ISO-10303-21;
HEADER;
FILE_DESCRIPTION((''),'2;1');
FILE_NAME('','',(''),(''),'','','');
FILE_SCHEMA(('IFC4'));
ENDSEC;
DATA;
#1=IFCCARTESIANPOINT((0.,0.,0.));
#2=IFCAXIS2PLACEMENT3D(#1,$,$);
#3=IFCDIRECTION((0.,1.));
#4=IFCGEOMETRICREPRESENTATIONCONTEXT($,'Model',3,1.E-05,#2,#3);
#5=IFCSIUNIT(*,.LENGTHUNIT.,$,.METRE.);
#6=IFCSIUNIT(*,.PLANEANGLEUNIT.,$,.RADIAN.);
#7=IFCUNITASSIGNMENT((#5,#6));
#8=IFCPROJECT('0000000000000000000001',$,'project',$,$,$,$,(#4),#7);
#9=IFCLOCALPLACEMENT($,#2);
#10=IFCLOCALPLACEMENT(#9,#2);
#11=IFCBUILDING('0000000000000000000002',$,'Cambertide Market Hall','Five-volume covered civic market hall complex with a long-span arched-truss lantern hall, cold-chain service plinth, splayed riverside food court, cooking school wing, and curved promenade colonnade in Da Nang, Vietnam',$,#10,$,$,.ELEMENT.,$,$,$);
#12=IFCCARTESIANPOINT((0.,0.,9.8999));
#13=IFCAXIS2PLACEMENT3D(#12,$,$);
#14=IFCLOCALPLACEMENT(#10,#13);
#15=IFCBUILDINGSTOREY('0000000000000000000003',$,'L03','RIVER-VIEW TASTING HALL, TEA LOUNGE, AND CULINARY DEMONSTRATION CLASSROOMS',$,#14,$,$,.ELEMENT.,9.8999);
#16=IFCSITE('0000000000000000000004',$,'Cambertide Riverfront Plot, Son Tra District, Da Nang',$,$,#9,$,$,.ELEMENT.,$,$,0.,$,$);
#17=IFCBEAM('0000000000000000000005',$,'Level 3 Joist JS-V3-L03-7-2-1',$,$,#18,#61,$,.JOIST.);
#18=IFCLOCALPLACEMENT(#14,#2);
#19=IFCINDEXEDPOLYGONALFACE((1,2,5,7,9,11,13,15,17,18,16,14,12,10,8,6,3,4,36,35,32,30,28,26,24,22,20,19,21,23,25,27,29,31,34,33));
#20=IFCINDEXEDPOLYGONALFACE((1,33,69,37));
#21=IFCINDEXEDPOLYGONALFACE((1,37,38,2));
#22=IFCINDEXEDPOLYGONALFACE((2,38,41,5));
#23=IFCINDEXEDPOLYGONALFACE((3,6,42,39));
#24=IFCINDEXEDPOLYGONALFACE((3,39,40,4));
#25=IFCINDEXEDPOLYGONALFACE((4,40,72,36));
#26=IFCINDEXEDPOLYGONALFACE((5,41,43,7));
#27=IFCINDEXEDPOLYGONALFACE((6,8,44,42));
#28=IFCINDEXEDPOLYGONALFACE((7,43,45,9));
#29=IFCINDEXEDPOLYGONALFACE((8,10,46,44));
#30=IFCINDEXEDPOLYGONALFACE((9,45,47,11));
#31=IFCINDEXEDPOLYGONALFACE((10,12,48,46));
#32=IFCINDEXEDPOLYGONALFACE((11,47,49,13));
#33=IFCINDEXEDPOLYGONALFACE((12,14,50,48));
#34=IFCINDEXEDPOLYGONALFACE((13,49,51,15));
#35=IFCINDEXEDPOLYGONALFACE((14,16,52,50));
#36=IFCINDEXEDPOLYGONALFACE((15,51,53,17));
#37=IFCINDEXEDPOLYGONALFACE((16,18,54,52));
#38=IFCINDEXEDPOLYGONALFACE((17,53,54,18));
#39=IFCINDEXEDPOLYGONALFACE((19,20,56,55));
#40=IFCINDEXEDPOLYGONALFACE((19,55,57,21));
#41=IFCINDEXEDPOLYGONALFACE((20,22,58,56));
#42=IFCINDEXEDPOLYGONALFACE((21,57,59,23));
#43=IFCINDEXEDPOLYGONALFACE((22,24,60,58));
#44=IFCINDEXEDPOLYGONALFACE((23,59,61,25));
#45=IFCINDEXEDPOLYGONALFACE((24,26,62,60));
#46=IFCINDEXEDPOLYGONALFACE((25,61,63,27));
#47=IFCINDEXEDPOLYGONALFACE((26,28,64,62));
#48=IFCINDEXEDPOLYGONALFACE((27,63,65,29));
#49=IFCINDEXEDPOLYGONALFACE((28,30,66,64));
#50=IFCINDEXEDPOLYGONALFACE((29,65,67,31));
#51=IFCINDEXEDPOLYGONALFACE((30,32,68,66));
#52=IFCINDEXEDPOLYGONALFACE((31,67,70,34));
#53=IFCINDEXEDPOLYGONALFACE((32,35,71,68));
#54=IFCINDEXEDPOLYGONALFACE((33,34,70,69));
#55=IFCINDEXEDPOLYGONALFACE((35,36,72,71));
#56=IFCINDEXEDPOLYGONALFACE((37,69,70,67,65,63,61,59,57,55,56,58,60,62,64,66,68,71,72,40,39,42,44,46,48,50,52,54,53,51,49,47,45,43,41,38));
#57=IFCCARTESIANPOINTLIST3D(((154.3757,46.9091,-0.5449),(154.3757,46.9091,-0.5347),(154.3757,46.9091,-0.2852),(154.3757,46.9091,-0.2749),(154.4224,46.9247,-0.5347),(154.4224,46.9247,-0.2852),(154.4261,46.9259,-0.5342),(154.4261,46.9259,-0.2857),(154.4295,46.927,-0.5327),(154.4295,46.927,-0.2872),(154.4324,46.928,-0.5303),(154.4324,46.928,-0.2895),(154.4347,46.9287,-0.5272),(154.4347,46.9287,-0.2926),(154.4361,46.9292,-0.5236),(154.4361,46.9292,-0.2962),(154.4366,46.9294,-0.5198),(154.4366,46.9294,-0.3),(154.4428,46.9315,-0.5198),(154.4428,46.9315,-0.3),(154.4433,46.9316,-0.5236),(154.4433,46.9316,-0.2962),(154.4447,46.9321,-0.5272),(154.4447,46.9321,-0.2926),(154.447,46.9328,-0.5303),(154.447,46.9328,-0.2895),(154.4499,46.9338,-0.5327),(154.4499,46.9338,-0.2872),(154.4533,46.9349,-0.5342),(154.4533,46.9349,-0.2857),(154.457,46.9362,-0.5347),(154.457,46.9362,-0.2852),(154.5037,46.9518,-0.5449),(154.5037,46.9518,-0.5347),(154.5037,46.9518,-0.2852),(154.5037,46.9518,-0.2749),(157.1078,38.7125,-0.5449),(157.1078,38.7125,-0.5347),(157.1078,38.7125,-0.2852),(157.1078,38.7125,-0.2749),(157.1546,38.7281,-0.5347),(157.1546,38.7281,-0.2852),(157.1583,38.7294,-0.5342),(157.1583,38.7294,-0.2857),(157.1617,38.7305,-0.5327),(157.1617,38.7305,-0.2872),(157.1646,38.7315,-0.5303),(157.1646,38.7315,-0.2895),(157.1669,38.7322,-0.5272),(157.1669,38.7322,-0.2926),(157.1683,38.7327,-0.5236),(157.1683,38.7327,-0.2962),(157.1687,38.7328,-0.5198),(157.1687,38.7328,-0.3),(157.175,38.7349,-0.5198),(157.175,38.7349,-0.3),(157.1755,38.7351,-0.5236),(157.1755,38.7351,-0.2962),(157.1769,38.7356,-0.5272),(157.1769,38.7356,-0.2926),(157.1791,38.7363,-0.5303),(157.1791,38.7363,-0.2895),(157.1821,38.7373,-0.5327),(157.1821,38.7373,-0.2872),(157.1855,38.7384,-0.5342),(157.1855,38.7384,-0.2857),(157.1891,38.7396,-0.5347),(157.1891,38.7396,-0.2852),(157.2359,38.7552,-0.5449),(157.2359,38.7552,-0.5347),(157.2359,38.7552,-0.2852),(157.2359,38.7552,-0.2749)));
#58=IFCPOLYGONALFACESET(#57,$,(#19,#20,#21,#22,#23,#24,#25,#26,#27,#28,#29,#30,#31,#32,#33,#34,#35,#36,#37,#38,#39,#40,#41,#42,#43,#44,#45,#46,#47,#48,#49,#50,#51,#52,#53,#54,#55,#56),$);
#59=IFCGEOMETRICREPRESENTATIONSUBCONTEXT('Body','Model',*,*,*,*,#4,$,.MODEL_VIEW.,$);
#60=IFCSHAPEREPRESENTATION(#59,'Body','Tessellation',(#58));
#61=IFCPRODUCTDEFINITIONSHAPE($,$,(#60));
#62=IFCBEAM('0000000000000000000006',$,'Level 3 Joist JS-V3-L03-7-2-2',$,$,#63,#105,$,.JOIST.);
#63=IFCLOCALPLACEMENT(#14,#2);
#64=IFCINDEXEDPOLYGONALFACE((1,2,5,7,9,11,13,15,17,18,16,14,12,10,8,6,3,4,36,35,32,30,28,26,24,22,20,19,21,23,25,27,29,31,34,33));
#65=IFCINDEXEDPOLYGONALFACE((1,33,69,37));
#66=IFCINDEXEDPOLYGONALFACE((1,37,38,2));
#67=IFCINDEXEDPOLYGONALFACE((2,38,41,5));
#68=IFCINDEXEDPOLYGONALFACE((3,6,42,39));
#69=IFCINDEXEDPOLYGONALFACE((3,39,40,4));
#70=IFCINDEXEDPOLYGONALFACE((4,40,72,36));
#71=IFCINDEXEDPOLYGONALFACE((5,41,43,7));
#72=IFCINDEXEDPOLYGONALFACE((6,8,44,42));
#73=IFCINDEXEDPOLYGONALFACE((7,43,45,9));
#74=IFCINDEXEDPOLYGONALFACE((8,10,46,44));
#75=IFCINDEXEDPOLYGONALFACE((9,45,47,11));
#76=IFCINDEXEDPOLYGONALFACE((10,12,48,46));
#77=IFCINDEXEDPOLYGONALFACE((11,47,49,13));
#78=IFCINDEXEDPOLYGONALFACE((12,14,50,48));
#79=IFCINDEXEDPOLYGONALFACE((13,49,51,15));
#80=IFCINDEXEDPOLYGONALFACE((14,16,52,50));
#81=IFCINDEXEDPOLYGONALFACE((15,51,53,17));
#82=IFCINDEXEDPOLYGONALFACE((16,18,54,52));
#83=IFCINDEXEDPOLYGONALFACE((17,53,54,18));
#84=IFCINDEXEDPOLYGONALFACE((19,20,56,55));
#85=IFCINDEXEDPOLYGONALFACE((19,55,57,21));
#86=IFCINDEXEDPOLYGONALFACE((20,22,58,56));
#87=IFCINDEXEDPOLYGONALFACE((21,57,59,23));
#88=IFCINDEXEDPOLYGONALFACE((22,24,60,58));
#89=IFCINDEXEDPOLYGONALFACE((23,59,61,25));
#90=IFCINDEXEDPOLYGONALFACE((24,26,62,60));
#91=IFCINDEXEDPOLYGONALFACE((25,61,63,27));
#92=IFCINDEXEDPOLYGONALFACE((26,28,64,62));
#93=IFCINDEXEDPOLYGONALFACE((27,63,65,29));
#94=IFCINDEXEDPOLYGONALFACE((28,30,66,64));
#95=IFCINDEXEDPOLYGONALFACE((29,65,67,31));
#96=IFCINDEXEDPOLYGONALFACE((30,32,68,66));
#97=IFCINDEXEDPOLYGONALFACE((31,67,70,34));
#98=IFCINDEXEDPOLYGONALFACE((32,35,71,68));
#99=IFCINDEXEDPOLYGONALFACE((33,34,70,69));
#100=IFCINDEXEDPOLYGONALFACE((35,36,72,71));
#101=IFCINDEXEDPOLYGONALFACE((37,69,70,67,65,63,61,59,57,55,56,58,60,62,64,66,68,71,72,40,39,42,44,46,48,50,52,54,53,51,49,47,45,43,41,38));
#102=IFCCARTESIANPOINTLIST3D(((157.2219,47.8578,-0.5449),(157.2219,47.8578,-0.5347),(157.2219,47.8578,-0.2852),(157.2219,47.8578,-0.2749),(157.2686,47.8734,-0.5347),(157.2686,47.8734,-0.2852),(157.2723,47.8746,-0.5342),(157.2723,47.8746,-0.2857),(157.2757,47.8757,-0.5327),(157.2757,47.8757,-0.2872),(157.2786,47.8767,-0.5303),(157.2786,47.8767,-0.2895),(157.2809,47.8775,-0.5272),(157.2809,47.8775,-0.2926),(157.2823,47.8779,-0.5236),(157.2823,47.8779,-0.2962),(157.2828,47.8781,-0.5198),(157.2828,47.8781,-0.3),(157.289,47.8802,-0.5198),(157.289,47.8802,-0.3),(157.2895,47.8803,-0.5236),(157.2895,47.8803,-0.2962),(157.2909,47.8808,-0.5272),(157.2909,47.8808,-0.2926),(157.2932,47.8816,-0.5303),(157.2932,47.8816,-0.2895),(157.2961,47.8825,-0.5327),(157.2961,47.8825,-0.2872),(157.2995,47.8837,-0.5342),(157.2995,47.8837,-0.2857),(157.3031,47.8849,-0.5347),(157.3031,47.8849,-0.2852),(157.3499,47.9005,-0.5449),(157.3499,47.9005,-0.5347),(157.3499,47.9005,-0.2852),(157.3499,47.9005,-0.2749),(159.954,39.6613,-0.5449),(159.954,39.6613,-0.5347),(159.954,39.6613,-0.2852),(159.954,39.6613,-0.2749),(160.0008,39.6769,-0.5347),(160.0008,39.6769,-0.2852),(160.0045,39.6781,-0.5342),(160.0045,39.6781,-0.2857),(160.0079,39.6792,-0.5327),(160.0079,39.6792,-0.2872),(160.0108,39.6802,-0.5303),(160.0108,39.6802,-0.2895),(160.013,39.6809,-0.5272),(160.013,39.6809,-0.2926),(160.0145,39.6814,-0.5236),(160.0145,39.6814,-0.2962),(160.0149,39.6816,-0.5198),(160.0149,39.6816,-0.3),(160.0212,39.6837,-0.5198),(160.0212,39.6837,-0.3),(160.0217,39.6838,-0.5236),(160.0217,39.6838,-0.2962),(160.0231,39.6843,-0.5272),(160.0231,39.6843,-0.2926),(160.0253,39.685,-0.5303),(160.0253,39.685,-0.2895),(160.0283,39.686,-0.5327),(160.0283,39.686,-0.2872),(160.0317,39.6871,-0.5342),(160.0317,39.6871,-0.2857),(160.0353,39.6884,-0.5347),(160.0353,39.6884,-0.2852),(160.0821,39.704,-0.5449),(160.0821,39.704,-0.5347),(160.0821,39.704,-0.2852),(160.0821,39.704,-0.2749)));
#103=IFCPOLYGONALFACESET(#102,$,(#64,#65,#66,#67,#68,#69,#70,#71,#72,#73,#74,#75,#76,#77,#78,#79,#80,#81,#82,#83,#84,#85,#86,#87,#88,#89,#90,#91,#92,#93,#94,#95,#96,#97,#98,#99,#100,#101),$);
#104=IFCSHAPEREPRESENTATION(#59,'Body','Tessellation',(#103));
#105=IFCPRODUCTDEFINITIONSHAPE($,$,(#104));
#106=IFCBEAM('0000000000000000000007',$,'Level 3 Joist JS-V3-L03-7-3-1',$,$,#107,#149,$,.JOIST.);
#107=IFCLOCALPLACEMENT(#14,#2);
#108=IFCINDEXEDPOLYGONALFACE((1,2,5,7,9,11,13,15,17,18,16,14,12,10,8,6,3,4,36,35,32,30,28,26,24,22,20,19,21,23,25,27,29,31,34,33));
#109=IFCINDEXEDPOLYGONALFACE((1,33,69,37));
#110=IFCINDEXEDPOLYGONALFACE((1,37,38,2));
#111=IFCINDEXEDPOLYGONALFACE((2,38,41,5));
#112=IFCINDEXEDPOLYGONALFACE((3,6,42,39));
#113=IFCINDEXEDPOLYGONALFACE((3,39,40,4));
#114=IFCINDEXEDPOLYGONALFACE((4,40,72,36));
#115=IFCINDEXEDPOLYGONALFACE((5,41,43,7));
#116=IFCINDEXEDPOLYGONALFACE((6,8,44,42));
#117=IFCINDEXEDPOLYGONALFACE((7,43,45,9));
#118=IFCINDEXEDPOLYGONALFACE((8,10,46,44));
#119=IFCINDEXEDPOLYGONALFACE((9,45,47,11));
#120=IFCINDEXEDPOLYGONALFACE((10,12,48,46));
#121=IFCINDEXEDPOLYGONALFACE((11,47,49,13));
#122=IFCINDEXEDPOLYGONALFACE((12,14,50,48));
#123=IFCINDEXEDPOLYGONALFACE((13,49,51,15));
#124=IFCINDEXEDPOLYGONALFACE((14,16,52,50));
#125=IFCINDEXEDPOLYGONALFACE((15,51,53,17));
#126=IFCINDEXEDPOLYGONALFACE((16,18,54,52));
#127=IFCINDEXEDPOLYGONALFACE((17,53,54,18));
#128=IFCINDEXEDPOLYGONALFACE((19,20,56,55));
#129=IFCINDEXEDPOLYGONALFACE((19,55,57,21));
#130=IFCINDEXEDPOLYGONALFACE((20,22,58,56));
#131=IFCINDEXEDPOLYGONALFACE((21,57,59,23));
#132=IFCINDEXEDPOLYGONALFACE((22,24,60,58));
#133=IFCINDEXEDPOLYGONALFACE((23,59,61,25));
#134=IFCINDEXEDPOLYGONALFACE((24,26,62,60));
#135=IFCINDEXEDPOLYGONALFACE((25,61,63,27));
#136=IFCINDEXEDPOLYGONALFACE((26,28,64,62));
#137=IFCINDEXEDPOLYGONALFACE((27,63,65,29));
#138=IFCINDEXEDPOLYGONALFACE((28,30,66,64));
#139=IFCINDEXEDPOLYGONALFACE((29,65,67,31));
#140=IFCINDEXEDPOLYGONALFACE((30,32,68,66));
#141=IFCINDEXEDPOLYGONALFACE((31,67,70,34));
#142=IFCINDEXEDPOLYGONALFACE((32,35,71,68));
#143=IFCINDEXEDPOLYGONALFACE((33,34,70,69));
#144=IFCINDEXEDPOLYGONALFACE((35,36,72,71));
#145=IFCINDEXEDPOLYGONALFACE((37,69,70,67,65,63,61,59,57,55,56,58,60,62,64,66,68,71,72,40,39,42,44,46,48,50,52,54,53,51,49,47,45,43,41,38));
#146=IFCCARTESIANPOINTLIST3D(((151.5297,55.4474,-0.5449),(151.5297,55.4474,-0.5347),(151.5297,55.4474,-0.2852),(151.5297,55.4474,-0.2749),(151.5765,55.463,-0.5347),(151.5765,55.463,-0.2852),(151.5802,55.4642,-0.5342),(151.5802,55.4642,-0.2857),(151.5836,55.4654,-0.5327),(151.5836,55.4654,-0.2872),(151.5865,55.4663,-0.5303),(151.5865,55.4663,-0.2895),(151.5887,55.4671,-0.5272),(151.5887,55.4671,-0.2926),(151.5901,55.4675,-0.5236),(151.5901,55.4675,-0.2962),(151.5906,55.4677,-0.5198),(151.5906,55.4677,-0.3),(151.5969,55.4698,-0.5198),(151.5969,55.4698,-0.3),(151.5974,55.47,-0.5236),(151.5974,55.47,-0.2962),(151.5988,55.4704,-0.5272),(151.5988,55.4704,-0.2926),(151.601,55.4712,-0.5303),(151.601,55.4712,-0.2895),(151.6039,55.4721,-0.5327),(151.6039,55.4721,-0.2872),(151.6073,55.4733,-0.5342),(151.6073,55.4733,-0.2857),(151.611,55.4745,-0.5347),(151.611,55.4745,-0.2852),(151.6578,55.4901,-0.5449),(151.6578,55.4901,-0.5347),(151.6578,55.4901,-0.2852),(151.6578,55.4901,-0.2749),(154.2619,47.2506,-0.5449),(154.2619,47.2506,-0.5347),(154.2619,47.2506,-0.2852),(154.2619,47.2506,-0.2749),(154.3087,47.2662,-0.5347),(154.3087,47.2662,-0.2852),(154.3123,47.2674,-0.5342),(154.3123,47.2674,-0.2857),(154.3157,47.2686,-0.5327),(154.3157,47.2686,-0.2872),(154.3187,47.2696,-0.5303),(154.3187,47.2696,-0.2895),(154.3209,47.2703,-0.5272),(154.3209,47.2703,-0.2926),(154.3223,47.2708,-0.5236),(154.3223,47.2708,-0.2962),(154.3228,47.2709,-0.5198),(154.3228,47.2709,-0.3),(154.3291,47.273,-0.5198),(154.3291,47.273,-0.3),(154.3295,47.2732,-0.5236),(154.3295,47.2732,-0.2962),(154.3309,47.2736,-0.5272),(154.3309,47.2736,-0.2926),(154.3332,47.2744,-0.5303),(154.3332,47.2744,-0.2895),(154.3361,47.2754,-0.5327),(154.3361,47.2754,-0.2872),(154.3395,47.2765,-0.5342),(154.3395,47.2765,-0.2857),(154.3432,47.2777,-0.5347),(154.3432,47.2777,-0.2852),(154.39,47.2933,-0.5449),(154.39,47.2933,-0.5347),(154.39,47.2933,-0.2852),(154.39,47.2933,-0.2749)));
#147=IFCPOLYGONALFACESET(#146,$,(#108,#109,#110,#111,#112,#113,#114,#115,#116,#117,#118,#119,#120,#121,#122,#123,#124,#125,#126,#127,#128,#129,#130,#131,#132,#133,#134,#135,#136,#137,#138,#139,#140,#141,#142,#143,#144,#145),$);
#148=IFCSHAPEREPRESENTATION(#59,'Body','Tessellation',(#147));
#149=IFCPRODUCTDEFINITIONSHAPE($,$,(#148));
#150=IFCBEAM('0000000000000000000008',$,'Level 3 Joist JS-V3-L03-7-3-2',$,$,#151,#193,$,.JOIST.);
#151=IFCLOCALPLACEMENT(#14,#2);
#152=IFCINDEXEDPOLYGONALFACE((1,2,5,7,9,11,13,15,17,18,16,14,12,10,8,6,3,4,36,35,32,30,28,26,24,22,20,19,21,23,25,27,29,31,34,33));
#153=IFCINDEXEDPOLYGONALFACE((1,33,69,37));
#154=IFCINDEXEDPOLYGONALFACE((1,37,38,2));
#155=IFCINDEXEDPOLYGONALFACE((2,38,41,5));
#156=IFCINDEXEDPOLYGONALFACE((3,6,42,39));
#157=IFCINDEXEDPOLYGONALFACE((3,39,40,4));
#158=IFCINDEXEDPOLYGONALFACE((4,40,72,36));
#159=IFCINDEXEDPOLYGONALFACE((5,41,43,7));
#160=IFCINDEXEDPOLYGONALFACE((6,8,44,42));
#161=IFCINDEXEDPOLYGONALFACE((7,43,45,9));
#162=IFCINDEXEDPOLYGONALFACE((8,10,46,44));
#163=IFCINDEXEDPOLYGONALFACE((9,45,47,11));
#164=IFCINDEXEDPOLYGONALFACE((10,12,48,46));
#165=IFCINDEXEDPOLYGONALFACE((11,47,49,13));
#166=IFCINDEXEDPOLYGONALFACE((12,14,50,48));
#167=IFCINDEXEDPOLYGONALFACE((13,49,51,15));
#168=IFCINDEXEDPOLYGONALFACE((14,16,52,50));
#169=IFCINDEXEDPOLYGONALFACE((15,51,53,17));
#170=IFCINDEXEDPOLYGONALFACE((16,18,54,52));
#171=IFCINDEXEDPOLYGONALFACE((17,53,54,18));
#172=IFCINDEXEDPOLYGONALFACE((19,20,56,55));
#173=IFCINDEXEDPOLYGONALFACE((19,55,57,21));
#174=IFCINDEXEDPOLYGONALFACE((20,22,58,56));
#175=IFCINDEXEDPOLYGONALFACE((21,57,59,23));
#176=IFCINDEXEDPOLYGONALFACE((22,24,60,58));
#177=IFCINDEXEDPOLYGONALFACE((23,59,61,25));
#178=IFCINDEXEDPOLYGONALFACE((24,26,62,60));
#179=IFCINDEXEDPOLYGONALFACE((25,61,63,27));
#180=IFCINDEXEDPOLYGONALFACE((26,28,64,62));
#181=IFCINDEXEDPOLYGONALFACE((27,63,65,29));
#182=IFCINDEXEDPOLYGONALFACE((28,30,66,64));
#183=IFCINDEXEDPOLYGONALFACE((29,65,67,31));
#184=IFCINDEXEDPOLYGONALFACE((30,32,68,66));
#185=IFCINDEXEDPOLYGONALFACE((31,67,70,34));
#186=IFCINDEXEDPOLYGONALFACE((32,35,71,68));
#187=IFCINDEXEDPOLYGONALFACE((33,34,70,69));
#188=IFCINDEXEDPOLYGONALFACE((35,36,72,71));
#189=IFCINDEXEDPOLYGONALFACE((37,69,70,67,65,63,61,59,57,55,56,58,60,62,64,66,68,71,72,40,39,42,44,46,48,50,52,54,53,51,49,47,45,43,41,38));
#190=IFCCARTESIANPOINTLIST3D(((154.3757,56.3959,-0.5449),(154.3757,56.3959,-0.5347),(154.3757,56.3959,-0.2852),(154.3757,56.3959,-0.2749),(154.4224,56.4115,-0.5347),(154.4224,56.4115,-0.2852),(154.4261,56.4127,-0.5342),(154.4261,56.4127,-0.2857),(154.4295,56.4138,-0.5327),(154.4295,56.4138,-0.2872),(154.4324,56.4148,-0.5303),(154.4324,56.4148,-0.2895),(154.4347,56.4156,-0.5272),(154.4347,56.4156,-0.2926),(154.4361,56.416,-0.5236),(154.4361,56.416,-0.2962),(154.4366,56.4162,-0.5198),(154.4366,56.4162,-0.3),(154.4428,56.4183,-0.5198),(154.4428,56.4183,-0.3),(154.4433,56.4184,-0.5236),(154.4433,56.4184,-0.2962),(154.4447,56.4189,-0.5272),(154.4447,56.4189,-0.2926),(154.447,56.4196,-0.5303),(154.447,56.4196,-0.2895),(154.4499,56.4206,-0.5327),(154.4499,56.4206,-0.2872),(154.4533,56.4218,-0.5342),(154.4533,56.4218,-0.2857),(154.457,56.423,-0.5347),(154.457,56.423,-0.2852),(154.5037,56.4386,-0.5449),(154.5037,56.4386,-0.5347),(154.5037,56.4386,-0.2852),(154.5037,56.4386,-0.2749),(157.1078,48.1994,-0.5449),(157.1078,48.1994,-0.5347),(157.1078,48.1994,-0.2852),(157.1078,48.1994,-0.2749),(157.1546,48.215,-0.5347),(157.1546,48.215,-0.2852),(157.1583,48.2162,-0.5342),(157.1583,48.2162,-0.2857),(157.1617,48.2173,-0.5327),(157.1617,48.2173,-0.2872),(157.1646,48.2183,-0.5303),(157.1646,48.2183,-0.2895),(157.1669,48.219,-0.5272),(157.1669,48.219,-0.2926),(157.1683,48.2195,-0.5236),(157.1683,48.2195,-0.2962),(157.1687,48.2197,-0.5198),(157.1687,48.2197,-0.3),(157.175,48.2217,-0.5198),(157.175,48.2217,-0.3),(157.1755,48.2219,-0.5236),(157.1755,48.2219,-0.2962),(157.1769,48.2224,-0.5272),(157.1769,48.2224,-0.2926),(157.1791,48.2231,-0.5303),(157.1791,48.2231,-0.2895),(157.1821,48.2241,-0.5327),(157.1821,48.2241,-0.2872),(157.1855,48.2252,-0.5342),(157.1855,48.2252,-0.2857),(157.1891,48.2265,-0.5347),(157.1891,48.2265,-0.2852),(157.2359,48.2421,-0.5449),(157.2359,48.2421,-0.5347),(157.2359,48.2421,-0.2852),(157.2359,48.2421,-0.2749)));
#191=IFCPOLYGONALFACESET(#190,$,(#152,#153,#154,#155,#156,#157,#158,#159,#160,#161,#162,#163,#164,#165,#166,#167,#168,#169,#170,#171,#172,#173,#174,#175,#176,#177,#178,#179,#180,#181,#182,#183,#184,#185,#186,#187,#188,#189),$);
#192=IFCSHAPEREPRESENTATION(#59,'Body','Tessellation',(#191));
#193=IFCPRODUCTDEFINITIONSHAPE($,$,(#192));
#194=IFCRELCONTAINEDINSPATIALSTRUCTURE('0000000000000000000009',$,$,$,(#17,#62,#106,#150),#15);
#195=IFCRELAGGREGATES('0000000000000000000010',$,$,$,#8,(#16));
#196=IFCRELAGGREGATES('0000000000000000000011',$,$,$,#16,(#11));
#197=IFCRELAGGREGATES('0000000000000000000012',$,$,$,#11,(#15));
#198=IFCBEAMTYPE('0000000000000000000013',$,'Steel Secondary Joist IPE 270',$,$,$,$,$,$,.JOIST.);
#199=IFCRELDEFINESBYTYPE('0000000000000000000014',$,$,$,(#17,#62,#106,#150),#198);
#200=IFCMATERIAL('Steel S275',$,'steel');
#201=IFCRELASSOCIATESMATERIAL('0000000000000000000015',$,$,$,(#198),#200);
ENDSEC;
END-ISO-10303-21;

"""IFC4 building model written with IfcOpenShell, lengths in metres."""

from ifc_helpers import new_model, si_unit, direction, frame, origin, origin_2d, place, context, subcontext, project, spatial, i_section, extrude, material, material_profile, profile_set, type_object, element, save


model = new_model("IFC4")

# Units and contexts
model_context = context("Model", 3, precision=1e-05, world=origin(), true_north=direction((0.0, 1.0)))
body_context = subcontext(model_context, "Body", "Model", "MODEL_VIEW")
ifc_project = project(units=[si_unit("LENGTHUNIT", "METRE"), si_unit("PLANEANGLEUNIT", "RADIAN")], contexts=[model_context])

# Site, building, storey
site_placement = place(None, origin())
site = spatial("IfcSite", under=ifc_project, at=site_placement, Name="Cambertide Riverfront Plot, Son Tra District, Da Nang", CompositionType="ELEMENT", RefElevation=0.0)
building_placement = place(site_placement, origin())
building = spatial("IfcBuilding", under=site, at=building_placement, Name="Cambertide Market Hall", Description="Five-volume covered civic market hall complex with a long-span arched-truss lantern hall, cold-chain service plinth, splayed riverside food court, cooking school wing, and curved promenade colonnade in Da Nang, Vietnam", CompositionType="ELEMENT")
storey_placement = place(building_placement, frame((0.0, 0.0, 9.8999)))
storey = spatial("IfcBuildingStorey", under=building, at=storey_placement, Name="L03", Description="RIVER-VIEW TASTING HALL, TEA LOUNGE, AND CULINARY DEMONSTRATION CLASSROOMS", CompositionType="ELEMENT", Elevation=9.8999)

# Beams
ifc_material_1 = material(Name="Steel S275", Category="steel")
ifc_material_profile_1 = material_profile(ifc_material_1, i_section(OverallWidth=0.135, OverallDepth=0.27, WebThickness=0.0066, FlangeThickness=0.0103, FilletRadius=0.0149, at=origin_2d()), Name="IPE 270")
ifc_profile_set_1 = profile_set([ifc_material_profile_1], Name="Steel S275")
beam_type_1 = type_object("IfcBeamType", Name="Steel Secondary Joist IPE 270", PredefinedType="JOIST", material=ifc_profile_set_1)
for number, where, z_axis, x_axis, name in (
    (1, (157.1719, 38.7339, -0.4099), (-0.316228, 0.948683, 0.0), (-0.948683, -0.316228, 0.0), "Level 3 Joist JS-V3-L03-7-2-1"),
    (2, (160.0181, 39.6826, -0.4099), (-0.316228, 0.948683, 0.0), (-0.948683, -0.316228, 0.0), "Level 3 Joist JS-V3-L03-7-2-2"),
):
    element("IfcBeam", number, at=place(storey_placement, frame(where, z_axis=z_axis, x_axis=x_axis)), inside=storey, type_object=beam_type_1, Name=name, PredefinedType="JOIST", context=body_context, shape_type="SweptSolid", body=[
        extrude(i_section(OverallWidth=0.135, OverallDepth=0.27, WebThickness=0.0066, FlangeThickness=0.0103, FilletRadius=0.0149, at=origin_2d()), origin(), (0.0, 0.0, 1.0), 8.6399),
    ])
beam_1_placement = place(storey_placement, frame((154.3259, 47.272, -0.4099), z_axis=(-0.316219, 0.948686, 0.0), x_axis=(-0.948686, -0.316219, 0.0)))
element("IfcBeam", 3, at=beam_1_placement, inside=storey, type_object=beam_type_1, Name="Level 3 Joist JS-V3-L03-7-3-1", PredefinedType="JOIST", context=body_context, shape_type="SweptSolid", body=[
    extrude(i_section(OverallWidth=0.135, OverallDepth=0.27, WebThickness=0.0066, FlangeThickness=0.0103, FilletRadius=0.0149, at=origin_2d()), origin(), (0.0, 0.0, 1.0), 8.6401),
])
beam_2_placement = place(storey_placement, frame((157.1719, 48.2207, -0.4099), z_axis=(-0.316228, 0.948683, 0.0), x_axis=(-0.948683, -0.316228, 0.0)))
element("IfcBeam", 4, at=beam_2_placement, inside=storey, type_object=beam_type_1, Name="Level 3 Joist JS-V3-L03-7-3-2", PredefinedType="JOIST", context=body_context, shape_type="SweptSolid", body=[
    extrude(i_section(OverallWidth=0.135, OverallDepth=0.27, WebThickness=0.0066, FlangeThickness=0.0103, FilletRadius=0.0149, at=origin_2d()), origin(), (0.0, 0.0, 1.0), 8.6399),
])

save(model, "model.ifc")
